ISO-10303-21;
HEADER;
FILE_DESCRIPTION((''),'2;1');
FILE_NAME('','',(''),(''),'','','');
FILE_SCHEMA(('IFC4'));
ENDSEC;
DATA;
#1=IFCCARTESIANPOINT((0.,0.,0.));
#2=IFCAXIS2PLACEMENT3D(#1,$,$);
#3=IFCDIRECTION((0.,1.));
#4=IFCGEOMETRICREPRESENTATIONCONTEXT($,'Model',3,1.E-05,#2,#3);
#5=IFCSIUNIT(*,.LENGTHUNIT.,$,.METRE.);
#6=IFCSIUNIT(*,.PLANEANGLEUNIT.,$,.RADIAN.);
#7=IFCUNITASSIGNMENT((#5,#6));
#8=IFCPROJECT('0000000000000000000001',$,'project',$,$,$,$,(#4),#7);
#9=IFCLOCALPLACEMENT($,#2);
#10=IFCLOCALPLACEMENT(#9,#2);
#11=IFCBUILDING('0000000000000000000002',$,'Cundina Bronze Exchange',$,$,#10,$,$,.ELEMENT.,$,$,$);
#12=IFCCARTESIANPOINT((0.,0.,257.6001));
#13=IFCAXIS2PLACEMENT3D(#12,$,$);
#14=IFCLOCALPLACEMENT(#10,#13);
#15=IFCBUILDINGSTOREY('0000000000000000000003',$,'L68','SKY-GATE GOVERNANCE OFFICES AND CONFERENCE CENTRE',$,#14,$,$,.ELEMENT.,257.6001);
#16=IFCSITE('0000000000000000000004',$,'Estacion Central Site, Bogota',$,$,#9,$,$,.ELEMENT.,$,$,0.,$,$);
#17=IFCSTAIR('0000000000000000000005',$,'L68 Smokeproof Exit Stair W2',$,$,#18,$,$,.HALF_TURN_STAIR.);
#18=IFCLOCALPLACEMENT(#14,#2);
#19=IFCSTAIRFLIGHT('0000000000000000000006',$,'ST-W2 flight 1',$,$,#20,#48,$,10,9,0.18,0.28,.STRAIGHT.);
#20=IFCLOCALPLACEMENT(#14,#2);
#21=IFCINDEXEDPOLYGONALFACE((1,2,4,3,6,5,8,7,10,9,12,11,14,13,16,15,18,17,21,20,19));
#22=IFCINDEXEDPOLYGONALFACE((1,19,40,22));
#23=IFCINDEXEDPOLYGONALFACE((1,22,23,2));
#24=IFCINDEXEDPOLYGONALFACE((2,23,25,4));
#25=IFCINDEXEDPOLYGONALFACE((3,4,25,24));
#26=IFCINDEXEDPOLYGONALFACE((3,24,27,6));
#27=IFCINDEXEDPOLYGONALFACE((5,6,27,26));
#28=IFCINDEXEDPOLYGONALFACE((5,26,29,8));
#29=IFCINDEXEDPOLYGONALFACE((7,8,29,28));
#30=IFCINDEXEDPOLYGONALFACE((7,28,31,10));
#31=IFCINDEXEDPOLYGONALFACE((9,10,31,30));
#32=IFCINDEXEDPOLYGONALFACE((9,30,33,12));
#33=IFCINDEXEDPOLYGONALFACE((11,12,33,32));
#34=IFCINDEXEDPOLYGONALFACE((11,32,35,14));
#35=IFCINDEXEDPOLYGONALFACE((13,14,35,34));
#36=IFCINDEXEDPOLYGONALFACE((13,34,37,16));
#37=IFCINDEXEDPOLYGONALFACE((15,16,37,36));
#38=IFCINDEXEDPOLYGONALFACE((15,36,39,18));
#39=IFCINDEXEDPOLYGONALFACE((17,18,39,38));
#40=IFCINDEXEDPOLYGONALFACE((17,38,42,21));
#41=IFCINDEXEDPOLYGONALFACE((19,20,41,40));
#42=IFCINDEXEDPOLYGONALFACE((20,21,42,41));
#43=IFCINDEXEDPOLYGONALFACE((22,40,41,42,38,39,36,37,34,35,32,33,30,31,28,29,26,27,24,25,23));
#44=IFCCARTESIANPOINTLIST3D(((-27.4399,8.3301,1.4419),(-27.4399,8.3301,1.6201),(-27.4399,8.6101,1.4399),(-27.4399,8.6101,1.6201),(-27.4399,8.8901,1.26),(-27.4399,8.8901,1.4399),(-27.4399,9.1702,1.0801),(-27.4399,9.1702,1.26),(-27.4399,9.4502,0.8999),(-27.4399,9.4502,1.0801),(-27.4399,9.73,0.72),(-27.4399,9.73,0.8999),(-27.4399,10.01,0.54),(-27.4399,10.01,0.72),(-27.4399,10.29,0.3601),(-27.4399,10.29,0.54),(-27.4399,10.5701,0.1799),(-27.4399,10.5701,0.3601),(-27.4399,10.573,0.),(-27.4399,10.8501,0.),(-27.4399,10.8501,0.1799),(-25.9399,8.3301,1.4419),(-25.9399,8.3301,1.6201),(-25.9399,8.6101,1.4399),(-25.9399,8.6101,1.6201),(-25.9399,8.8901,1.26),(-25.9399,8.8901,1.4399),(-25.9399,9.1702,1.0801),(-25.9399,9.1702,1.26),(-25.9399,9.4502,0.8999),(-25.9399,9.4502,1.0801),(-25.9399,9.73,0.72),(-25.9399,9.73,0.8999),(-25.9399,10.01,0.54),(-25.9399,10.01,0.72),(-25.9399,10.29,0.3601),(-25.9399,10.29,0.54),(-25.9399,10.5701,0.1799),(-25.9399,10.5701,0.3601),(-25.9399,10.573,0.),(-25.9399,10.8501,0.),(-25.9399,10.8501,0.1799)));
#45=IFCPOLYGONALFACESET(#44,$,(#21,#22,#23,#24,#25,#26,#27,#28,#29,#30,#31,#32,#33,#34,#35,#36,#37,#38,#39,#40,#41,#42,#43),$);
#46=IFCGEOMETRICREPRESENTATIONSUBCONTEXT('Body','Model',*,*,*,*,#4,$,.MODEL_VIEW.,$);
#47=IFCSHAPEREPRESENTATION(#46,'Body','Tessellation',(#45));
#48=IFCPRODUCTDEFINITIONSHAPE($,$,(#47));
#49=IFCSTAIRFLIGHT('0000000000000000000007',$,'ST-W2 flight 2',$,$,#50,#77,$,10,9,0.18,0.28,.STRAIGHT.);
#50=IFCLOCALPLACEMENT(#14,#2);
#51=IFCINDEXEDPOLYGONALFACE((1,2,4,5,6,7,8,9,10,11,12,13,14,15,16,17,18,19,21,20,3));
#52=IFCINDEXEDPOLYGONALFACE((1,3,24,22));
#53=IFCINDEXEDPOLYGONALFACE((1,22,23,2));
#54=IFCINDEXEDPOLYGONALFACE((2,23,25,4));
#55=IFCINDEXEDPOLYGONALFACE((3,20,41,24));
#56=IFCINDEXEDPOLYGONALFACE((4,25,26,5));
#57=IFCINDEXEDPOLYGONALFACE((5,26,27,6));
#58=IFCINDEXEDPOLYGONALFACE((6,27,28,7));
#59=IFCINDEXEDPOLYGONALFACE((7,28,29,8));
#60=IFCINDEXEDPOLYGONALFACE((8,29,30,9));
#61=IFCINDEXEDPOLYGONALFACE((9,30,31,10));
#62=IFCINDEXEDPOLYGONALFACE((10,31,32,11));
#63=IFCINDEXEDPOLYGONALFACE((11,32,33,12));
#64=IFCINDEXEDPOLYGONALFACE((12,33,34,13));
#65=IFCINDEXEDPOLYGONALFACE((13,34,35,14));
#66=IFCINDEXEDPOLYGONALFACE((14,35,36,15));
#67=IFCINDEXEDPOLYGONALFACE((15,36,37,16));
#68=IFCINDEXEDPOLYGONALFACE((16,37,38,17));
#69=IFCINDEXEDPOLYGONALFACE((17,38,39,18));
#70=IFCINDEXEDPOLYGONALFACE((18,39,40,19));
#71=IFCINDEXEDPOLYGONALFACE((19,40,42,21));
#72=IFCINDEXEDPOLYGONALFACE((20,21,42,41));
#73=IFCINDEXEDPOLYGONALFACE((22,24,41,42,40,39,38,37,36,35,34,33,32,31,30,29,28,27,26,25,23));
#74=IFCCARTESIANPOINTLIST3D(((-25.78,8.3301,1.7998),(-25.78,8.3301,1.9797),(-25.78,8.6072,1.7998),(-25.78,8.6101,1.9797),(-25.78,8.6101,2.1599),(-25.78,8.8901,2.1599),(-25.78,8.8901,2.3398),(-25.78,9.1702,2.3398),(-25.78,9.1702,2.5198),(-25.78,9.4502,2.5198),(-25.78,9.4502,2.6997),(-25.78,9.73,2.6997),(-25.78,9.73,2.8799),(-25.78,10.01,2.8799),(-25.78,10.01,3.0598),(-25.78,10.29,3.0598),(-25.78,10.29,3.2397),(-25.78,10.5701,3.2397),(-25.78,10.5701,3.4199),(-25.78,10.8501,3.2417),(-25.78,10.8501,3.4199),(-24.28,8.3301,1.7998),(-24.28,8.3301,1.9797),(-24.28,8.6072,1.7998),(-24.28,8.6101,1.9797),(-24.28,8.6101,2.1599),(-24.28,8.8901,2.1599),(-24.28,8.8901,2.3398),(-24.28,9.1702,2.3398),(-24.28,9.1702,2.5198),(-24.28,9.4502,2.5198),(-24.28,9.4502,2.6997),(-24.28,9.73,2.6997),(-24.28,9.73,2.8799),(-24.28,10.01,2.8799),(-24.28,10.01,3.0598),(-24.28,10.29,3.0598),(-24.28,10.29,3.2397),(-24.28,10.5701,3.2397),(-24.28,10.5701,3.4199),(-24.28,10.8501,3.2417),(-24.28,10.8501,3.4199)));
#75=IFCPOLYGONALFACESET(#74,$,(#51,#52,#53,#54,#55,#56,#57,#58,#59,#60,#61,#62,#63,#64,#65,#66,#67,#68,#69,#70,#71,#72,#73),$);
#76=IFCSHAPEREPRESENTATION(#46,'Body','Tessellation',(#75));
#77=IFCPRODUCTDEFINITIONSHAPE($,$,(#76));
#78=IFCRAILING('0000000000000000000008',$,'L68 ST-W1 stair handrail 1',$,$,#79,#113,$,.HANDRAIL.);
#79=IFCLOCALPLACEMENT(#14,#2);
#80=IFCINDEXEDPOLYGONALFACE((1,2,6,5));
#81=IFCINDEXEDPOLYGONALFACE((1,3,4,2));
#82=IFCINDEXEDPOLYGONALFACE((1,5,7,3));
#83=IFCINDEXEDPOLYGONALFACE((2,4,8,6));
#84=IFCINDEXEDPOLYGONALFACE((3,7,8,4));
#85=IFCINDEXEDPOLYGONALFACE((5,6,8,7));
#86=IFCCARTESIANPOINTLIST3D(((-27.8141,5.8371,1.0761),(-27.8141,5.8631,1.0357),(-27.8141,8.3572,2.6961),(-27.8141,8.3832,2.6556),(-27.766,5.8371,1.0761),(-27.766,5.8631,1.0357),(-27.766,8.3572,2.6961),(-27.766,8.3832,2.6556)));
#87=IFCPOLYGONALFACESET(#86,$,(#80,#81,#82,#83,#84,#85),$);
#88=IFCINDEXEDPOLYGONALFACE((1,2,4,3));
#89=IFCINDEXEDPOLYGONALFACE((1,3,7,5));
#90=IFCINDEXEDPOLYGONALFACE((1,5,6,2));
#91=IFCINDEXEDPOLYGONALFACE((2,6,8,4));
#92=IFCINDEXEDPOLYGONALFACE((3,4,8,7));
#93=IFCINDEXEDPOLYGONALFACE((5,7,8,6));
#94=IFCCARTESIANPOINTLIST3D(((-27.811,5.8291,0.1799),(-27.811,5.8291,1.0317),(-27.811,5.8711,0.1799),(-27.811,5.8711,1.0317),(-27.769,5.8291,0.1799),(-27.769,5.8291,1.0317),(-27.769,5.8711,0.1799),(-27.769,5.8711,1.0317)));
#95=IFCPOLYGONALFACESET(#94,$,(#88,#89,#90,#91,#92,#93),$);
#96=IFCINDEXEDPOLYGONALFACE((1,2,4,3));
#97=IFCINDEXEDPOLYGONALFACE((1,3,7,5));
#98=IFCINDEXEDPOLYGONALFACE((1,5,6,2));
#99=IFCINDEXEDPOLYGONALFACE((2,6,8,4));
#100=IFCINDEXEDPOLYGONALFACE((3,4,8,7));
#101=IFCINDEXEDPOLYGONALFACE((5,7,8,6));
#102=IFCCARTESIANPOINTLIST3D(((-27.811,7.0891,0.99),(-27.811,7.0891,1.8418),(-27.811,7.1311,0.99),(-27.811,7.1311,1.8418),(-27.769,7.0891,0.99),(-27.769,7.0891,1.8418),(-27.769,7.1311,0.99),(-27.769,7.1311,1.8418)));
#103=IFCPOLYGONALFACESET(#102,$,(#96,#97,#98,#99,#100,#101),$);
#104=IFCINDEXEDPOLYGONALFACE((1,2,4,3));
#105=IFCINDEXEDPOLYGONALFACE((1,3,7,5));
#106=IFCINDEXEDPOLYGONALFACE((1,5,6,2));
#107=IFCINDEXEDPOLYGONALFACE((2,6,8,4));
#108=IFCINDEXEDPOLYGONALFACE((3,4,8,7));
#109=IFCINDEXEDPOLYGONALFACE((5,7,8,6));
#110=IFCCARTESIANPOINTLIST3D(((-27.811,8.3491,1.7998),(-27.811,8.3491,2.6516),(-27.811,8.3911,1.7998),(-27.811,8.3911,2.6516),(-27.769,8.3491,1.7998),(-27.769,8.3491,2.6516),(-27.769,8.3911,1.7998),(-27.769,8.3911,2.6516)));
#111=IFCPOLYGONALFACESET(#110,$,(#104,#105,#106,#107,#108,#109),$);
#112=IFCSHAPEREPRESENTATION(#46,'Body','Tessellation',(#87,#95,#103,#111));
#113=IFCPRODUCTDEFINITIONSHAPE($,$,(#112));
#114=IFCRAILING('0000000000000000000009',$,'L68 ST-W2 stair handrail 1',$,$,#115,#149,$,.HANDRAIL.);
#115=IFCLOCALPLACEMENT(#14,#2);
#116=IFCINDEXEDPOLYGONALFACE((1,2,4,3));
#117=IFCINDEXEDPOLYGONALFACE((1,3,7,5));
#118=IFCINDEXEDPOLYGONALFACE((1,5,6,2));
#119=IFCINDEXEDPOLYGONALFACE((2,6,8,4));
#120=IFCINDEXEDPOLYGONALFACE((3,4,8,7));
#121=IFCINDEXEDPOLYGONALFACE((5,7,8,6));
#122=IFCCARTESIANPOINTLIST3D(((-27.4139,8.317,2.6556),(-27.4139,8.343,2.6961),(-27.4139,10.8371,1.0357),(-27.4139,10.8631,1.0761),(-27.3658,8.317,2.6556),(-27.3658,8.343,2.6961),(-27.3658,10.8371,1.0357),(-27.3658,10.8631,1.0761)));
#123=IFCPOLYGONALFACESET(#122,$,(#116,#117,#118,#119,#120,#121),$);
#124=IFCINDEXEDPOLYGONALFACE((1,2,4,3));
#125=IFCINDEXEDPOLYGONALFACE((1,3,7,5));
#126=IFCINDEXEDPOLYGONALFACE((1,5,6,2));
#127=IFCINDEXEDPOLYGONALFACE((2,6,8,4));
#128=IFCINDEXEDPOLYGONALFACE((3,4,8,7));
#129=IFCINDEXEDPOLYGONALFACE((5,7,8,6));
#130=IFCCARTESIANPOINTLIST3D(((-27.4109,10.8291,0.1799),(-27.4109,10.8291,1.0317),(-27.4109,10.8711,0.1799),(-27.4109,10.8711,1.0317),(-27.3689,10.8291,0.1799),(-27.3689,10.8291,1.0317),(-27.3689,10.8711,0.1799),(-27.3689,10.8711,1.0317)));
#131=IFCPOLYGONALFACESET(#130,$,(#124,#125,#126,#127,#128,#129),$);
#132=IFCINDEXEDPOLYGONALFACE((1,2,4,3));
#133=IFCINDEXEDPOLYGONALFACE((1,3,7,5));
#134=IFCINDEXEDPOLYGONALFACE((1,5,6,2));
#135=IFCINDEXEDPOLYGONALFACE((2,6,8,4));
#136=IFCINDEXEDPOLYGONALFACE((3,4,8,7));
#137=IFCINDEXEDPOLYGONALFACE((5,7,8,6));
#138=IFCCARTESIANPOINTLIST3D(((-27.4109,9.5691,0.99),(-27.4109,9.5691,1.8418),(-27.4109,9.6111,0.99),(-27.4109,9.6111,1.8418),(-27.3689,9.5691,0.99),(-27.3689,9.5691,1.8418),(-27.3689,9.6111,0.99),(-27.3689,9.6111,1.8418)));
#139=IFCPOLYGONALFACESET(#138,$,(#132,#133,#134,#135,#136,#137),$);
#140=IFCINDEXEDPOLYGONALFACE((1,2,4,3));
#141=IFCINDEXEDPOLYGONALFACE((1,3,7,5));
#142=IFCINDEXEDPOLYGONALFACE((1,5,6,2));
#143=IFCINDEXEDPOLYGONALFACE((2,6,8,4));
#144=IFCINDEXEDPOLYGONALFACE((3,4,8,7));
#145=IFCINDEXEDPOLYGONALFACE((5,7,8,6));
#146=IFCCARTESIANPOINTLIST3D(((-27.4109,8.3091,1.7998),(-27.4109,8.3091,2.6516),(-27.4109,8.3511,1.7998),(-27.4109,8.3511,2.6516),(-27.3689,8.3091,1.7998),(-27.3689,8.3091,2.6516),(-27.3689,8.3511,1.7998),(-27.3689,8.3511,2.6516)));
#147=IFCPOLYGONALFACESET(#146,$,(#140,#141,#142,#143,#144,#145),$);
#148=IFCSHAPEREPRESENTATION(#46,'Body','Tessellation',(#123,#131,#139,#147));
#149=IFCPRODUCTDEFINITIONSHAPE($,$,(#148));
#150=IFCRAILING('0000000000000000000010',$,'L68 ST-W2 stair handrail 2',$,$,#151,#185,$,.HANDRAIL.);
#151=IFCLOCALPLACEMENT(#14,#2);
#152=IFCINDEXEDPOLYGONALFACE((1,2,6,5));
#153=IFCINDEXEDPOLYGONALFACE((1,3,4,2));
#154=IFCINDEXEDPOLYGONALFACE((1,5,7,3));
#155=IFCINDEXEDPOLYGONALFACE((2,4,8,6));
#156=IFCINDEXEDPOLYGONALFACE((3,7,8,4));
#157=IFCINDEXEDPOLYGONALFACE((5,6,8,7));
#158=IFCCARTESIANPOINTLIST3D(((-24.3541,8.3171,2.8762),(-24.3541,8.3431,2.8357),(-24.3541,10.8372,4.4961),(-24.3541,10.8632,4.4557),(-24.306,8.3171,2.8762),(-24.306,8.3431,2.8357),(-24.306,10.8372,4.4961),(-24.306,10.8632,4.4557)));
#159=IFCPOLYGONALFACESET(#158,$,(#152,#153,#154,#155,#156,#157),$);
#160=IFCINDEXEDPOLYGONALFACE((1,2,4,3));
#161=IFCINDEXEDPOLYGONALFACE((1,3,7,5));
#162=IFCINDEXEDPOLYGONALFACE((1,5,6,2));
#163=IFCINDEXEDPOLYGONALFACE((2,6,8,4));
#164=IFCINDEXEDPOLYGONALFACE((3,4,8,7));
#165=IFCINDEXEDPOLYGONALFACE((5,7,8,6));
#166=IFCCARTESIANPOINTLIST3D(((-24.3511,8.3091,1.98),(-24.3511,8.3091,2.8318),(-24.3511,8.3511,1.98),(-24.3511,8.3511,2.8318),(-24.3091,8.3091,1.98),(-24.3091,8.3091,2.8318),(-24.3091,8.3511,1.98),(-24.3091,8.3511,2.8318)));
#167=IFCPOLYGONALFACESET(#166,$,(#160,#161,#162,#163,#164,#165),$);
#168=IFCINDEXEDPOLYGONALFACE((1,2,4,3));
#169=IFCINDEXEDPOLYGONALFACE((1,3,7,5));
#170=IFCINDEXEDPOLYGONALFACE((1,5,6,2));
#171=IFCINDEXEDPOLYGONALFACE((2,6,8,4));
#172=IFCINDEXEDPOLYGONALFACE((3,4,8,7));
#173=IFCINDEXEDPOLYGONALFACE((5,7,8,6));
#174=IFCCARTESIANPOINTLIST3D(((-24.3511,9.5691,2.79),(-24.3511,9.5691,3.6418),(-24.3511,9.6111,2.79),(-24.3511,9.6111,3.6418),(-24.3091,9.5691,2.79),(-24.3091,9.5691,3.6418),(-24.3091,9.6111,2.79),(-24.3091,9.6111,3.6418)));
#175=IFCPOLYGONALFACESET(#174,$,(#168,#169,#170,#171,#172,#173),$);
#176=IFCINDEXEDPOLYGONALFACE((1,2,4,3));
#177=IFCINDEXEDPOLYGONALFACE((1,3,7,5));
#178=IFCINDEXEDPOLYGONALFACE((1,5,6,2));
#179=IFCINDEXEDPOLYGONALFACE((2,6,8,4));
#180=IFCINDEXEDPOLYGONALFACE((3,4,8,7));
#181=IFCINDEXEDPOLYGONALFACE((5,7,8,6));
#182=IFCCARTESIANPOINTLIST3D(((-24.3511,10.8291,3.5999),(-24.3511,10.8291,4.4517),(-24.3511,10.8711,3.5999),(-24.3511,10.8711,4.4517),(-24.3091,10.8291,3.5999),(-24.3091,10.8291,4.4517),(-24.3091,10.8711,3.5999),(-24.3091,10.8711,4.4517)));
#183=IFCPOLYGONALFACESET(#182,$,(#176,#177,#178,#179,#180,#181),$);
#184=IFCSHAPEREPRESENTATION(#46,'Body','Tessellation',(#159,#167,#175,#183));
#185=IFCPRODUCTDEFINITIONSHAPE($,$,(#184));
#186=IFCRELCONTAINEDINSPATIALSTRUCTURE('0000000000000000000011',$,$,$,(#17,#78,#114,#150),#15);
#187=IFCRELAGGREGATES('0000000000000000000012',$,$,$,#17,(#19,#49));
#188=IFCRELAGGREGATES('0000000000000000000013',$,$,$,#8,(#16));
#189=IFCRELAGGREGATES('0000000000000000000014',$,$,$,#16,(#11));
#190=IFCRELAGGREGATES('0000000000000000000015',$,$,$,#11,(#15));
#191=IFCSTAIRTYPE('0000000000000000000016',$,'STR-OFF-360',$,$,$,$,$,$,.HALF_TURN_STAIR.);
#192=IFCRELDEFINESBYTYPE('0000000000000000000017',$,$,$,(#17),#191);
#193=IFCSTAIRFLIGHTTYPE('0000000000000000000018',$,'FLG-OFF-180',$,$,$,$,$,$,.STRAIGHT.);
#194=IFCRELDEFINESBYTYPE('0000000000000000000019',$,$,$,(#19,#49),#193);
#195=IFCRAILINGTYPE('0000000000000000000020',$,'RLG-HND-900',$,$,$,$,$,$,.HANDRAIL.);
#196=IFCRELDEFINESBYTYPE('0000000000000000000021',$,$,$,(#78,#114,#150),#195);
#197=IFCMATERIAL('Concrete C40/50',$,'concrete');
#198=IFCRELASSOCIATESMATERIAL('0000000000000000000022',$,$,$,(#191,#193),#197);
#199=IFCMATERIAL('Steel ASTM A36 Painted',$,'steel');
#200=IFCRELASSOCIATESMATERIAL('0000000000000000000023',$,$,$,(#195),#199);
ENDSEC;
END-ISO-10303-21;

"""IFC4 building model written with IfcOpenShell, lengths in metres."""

from ifc_helpers import new_model, si_unit, direction, frame, origin, origin_2d, place, context, subcontext, project, spatial, polyline, rectangle, outline, extrude, material, type_object, element, aggregate, save


model = new_model("IFC4")

# Units and contexts
model_context = context("Model", 3, precision=1e-05, world=origin(), true_north=direction((0.0, 1.0)))
body_context = subcontext(model_context, "Body", "Model", "MODEL_VIEW")
ifc_project = project(units=[si_unit("LENGTHUNIT", "METRE"), si_unit("PLANEANGLEUNIT", "RADIAN")], contexts=[model_context])

# Site, building, storey
site_placement = place(None, origin())
site = spatial("IfcSite", under=ifc_project, at=site_placement, Name="Estacion Central Site, Bogota", CompositionType="ELEMENT", RefElevation=0.0)
building_placement = place(site_placement, origin())
building = spatial("IfcBuilding", under=site, at=building_placement, Name="Cundina Bronze Exchange", CompositionType="ELEMENT")
storey_placement = place(building_placement, frame((0.0, 0.0, 257.6001)))
storey = spatial("IfcBuildingStorey", under=building, at=storey_placement, Name="L68", Description="SKY-GATE GOVERNANCE OFFICES AND CONFERENCE CENTRE", CompositionType="ELEMENT", Elevation=257.6001)

# Shared definitions
ifc_material_1 = material(Name="Steel ASTM A36 Painted", Category="steel")

# Shared definitions
ifc_material_2 = material(Name="Concrete C40/50", Category="concrete")
stair_type = type_object("IfcStairType", Name="STR-OFF-360", PredefinedType="HALF_TURN_STAIR", material=ifc_material_2)
stair_flight_type = type_object("IfcStairFlightType", Name="FLG-OFF-180", PredefinedType="STRAIGHT", material=ifc_material_2)

# Stair, stair flights
stair_1_placement = place(storey_placement, origin())
stair_1 = element("IfcStair", 1, at=stair_1_placement, inside=storey, type_object=stair_type, Name="L68 Smokeproof Exit Stair W2", PredefinedType="HALF_TURN_STAIR")
stair_flight_1_placement = place(storey_placement, frame((-26.6899, 10.8501, 0.0), z_axis=(0.0, 0.0, 1.0), x_axis=(0.0, -1.0, 0.0)))
stair_flight_1 = element("IfcStairFlight", 2, at=stair_flight_1_placement, type_object=stair_flight_type, Name="ST-W2 flight 1", NumberOfRisers=10, NumberOfTreads=9, PredefinedType="STRAIGHT", RiserHeight=0.18, TreadLength=0.28, context=body_context, shape_type="SweptSolid", body=[
    extrude(outline(polyline([(0.0, 0.0), (0.0, 0.1799), (0.28, 0.1799), (0.28, 0.3601), (0.5601, 0.3601), (0.5601, 0.54), (0.8401, 0.54), (0.8401, 0.72), (1.1201, 0.72), (1.1201, 0.8999), (1.3999, 0.8999), (1.3999, 1.0801), (1.6799, 1.0801), (1.6799, 1.26), (1.96, 1.26), (1.96, 1.4399), (2.24, 1.4399), (2.24, 1.6201), (2.52, 1.6201), (2.52, 1.8), (2.52, 1.4419), (0.2771, 0.0), (0.0, 0.0)])), frame((0.0, 0.75, 0.0), z_axis=(0.0, -1.0, 0.0), x_axis=(1.0, 0.0, 0.0)), (0.0, 0.0, 1.0), 1.5),
])
stair_flight_2_placement = place(storey_placement, frame((-25.03, 8.3301, 1.7998), z_axis=(0.0, 0.0, 1.0), x_axis=(0.0, 1.0, 0.0)))
stair_flight_2 = element("IfcStairFlight", 3, at=stair_flight_2_placement, type_object=stair_flight_type, Name="ST-W2 flight 2", NumberOfRisers=10, NumberOfTreads=9, PredefinedType="STRAIGHT", RiserHeight=0.18, TreadLength=0.28, context=body_context, shape_type="SweptSolid", body=[
    extrude(outline(polyline([(0.0, 0.0), (0.0, 0.1799), (0.28, 0.1799), (0.28, 0.3601), (0.5601, 0.3601), (0.5601, 0.54), (0.8401, 0.54), (0.8401, 0.72), (1.1201, 0.72), (1.1201, 0.8999), (1.3999, 0.8999), (1.3999, 1.0801), (1.6799, 1.0801), (1.6799, 1.26), (1.96, 1.26), (1.96, 1.4399), (2.24, 1.4399), (2.24, 1.6201), (2.52, 1.6201), (2.52, 1.8), (2.52, 1.4419), (0.2771, 0.0), (0.0, 0.0)])), frame((0.0, 0.75, 0.0), z_axis=(0.0, -1.0, 0.0), x_axis=(1.0, 0.0, 0.0)), (0.0, 0.0, 1.0), 1.5),
])
aggregate(stair_1, [stair_flight_1, stair_flight_2])

# Railings
railing_type_1 = type_object("IfcRailingType", Name="RLG-HND-900", PredefinedType="HANDRAIL", material=ifc_material_1)
railing_1_placement = place(storey_placement, frame((-27.79, 5.8501, 0.1799)))
element("IfcRailing", 4, at=railing_1_placement, inside=storey, type_object=railing_type_1, Name="L68 ST-W1 stair handrail 1", PredefinedType="HANDRAIL", context=body_context, shape_type="SweptSolid", body=[
    extrude(rectangle(XDim=0.0481, YDim=0.0481, at=origin_2d()), frame((0.0, 0.0, 0.876), z_axis=(0.0, 0.8412, 0.540725), x_axis=(-1.0, 0.0, 0.0)), (0.0, 0.0, 1.0), 2.9958),
    extrude(rectangle(XDim=0.042, YDim=0.042, at=origin_2d()), origin(), (0.0, 0.0, 1.0), 0.8518),
    extrude(rectangle(XDim=0.042, YDim=0.042, at=origin_2d()), frame((0.0, 1.26, 0.8101)), (0.0, 0.0, 1.0), 0.8518),
    extrude(rectangle(XDim=0.042, YDim=0.042, at=origin_2d()), frame((0.0, 2.52, 1.6199)), (0.0, 0.0, 1.0), 0.8518),
])
railing_2_placement = place(storey_placement, frame((-27.3899, 10.8501, 0.1799)))
element("IfcRailing", 5, at=railing_2_placement, inside=storey, type_object=railing_type_1, Name="L68 ST-W2 stair handrail 1", PredefinedType="HANDRAIL", context=body_context, shape_type="SweptSolid", body=[
    extrude(rectangle(XDim=0.0481, YDim=0.0481, at=origin_2d()), frame((0.0, 0.0, 0.876), z_axis=(0.0, -0.8412, 0.540725), x_axis=(1.0, 0.0, 0.0)), (0.0, 0.0, 1.0), 2.9958),
    extrude(rectangle(XDim=0.042, YDim=0.042, at=origin_2d()), origin(), (0.0, 0.0, 1.0), 0.8518),
    extrude(rectangle(XDim=0.042, YDim=0.042, at=origin_2d()), frame((0.0, -1.26, 0.8101)), (0.0, 0.0, 1.0), 0.8518),
    extrude(rectangle(XDim=0.042, YDim=0.042, at=origin_2d()), frame((0.0, -2.52, 1.6199)), (0.0, 0.0, 1.0), 0.8518),
])
railing_3_placement = place(storey_placement, frame((-24.3301, 8.3301, 1.98)))
element("IfcRailing", 6, at=railing_3_placement, inside=storey, type_object=railing_type_1, Name="L68 ST-W2 stair handrail 2", PredefinedType="HANDRAIL", context=body_context, shape_type="SweptSolid", body=[
    extrude(rectangle(XDim=0.0481, YDim=0.0481, at=origin_2d()), frame((0.0, 0.0, 0.876), z_axis=(0.0, 0.8412, 0.540725), x_axis=(-1.0, 0.0, 0.0)), (0.0, 0.0, 1.0), 2.9958),
    extrude(rectangle(XDim=0.042, YDim=0.042, at=origin_2d()), origin(), (0.0, 0.0, 1.0), 0.8518),
    extrude(rectangle(XDim=0.042, YDim=0.042, at=origin_2d()), frame((0.0, 1.26, 0.8101)), (0.0, 0.0, 1.0), 0.8518),
    extrude(rectangle(XDim=0.042, YDim=0.042, at=origin_2d()), frame((0.0, 2.52, 1.6199)), (0.0, 0.0, 1.0), 0.8518),
])

save(model, "model.ifc")
